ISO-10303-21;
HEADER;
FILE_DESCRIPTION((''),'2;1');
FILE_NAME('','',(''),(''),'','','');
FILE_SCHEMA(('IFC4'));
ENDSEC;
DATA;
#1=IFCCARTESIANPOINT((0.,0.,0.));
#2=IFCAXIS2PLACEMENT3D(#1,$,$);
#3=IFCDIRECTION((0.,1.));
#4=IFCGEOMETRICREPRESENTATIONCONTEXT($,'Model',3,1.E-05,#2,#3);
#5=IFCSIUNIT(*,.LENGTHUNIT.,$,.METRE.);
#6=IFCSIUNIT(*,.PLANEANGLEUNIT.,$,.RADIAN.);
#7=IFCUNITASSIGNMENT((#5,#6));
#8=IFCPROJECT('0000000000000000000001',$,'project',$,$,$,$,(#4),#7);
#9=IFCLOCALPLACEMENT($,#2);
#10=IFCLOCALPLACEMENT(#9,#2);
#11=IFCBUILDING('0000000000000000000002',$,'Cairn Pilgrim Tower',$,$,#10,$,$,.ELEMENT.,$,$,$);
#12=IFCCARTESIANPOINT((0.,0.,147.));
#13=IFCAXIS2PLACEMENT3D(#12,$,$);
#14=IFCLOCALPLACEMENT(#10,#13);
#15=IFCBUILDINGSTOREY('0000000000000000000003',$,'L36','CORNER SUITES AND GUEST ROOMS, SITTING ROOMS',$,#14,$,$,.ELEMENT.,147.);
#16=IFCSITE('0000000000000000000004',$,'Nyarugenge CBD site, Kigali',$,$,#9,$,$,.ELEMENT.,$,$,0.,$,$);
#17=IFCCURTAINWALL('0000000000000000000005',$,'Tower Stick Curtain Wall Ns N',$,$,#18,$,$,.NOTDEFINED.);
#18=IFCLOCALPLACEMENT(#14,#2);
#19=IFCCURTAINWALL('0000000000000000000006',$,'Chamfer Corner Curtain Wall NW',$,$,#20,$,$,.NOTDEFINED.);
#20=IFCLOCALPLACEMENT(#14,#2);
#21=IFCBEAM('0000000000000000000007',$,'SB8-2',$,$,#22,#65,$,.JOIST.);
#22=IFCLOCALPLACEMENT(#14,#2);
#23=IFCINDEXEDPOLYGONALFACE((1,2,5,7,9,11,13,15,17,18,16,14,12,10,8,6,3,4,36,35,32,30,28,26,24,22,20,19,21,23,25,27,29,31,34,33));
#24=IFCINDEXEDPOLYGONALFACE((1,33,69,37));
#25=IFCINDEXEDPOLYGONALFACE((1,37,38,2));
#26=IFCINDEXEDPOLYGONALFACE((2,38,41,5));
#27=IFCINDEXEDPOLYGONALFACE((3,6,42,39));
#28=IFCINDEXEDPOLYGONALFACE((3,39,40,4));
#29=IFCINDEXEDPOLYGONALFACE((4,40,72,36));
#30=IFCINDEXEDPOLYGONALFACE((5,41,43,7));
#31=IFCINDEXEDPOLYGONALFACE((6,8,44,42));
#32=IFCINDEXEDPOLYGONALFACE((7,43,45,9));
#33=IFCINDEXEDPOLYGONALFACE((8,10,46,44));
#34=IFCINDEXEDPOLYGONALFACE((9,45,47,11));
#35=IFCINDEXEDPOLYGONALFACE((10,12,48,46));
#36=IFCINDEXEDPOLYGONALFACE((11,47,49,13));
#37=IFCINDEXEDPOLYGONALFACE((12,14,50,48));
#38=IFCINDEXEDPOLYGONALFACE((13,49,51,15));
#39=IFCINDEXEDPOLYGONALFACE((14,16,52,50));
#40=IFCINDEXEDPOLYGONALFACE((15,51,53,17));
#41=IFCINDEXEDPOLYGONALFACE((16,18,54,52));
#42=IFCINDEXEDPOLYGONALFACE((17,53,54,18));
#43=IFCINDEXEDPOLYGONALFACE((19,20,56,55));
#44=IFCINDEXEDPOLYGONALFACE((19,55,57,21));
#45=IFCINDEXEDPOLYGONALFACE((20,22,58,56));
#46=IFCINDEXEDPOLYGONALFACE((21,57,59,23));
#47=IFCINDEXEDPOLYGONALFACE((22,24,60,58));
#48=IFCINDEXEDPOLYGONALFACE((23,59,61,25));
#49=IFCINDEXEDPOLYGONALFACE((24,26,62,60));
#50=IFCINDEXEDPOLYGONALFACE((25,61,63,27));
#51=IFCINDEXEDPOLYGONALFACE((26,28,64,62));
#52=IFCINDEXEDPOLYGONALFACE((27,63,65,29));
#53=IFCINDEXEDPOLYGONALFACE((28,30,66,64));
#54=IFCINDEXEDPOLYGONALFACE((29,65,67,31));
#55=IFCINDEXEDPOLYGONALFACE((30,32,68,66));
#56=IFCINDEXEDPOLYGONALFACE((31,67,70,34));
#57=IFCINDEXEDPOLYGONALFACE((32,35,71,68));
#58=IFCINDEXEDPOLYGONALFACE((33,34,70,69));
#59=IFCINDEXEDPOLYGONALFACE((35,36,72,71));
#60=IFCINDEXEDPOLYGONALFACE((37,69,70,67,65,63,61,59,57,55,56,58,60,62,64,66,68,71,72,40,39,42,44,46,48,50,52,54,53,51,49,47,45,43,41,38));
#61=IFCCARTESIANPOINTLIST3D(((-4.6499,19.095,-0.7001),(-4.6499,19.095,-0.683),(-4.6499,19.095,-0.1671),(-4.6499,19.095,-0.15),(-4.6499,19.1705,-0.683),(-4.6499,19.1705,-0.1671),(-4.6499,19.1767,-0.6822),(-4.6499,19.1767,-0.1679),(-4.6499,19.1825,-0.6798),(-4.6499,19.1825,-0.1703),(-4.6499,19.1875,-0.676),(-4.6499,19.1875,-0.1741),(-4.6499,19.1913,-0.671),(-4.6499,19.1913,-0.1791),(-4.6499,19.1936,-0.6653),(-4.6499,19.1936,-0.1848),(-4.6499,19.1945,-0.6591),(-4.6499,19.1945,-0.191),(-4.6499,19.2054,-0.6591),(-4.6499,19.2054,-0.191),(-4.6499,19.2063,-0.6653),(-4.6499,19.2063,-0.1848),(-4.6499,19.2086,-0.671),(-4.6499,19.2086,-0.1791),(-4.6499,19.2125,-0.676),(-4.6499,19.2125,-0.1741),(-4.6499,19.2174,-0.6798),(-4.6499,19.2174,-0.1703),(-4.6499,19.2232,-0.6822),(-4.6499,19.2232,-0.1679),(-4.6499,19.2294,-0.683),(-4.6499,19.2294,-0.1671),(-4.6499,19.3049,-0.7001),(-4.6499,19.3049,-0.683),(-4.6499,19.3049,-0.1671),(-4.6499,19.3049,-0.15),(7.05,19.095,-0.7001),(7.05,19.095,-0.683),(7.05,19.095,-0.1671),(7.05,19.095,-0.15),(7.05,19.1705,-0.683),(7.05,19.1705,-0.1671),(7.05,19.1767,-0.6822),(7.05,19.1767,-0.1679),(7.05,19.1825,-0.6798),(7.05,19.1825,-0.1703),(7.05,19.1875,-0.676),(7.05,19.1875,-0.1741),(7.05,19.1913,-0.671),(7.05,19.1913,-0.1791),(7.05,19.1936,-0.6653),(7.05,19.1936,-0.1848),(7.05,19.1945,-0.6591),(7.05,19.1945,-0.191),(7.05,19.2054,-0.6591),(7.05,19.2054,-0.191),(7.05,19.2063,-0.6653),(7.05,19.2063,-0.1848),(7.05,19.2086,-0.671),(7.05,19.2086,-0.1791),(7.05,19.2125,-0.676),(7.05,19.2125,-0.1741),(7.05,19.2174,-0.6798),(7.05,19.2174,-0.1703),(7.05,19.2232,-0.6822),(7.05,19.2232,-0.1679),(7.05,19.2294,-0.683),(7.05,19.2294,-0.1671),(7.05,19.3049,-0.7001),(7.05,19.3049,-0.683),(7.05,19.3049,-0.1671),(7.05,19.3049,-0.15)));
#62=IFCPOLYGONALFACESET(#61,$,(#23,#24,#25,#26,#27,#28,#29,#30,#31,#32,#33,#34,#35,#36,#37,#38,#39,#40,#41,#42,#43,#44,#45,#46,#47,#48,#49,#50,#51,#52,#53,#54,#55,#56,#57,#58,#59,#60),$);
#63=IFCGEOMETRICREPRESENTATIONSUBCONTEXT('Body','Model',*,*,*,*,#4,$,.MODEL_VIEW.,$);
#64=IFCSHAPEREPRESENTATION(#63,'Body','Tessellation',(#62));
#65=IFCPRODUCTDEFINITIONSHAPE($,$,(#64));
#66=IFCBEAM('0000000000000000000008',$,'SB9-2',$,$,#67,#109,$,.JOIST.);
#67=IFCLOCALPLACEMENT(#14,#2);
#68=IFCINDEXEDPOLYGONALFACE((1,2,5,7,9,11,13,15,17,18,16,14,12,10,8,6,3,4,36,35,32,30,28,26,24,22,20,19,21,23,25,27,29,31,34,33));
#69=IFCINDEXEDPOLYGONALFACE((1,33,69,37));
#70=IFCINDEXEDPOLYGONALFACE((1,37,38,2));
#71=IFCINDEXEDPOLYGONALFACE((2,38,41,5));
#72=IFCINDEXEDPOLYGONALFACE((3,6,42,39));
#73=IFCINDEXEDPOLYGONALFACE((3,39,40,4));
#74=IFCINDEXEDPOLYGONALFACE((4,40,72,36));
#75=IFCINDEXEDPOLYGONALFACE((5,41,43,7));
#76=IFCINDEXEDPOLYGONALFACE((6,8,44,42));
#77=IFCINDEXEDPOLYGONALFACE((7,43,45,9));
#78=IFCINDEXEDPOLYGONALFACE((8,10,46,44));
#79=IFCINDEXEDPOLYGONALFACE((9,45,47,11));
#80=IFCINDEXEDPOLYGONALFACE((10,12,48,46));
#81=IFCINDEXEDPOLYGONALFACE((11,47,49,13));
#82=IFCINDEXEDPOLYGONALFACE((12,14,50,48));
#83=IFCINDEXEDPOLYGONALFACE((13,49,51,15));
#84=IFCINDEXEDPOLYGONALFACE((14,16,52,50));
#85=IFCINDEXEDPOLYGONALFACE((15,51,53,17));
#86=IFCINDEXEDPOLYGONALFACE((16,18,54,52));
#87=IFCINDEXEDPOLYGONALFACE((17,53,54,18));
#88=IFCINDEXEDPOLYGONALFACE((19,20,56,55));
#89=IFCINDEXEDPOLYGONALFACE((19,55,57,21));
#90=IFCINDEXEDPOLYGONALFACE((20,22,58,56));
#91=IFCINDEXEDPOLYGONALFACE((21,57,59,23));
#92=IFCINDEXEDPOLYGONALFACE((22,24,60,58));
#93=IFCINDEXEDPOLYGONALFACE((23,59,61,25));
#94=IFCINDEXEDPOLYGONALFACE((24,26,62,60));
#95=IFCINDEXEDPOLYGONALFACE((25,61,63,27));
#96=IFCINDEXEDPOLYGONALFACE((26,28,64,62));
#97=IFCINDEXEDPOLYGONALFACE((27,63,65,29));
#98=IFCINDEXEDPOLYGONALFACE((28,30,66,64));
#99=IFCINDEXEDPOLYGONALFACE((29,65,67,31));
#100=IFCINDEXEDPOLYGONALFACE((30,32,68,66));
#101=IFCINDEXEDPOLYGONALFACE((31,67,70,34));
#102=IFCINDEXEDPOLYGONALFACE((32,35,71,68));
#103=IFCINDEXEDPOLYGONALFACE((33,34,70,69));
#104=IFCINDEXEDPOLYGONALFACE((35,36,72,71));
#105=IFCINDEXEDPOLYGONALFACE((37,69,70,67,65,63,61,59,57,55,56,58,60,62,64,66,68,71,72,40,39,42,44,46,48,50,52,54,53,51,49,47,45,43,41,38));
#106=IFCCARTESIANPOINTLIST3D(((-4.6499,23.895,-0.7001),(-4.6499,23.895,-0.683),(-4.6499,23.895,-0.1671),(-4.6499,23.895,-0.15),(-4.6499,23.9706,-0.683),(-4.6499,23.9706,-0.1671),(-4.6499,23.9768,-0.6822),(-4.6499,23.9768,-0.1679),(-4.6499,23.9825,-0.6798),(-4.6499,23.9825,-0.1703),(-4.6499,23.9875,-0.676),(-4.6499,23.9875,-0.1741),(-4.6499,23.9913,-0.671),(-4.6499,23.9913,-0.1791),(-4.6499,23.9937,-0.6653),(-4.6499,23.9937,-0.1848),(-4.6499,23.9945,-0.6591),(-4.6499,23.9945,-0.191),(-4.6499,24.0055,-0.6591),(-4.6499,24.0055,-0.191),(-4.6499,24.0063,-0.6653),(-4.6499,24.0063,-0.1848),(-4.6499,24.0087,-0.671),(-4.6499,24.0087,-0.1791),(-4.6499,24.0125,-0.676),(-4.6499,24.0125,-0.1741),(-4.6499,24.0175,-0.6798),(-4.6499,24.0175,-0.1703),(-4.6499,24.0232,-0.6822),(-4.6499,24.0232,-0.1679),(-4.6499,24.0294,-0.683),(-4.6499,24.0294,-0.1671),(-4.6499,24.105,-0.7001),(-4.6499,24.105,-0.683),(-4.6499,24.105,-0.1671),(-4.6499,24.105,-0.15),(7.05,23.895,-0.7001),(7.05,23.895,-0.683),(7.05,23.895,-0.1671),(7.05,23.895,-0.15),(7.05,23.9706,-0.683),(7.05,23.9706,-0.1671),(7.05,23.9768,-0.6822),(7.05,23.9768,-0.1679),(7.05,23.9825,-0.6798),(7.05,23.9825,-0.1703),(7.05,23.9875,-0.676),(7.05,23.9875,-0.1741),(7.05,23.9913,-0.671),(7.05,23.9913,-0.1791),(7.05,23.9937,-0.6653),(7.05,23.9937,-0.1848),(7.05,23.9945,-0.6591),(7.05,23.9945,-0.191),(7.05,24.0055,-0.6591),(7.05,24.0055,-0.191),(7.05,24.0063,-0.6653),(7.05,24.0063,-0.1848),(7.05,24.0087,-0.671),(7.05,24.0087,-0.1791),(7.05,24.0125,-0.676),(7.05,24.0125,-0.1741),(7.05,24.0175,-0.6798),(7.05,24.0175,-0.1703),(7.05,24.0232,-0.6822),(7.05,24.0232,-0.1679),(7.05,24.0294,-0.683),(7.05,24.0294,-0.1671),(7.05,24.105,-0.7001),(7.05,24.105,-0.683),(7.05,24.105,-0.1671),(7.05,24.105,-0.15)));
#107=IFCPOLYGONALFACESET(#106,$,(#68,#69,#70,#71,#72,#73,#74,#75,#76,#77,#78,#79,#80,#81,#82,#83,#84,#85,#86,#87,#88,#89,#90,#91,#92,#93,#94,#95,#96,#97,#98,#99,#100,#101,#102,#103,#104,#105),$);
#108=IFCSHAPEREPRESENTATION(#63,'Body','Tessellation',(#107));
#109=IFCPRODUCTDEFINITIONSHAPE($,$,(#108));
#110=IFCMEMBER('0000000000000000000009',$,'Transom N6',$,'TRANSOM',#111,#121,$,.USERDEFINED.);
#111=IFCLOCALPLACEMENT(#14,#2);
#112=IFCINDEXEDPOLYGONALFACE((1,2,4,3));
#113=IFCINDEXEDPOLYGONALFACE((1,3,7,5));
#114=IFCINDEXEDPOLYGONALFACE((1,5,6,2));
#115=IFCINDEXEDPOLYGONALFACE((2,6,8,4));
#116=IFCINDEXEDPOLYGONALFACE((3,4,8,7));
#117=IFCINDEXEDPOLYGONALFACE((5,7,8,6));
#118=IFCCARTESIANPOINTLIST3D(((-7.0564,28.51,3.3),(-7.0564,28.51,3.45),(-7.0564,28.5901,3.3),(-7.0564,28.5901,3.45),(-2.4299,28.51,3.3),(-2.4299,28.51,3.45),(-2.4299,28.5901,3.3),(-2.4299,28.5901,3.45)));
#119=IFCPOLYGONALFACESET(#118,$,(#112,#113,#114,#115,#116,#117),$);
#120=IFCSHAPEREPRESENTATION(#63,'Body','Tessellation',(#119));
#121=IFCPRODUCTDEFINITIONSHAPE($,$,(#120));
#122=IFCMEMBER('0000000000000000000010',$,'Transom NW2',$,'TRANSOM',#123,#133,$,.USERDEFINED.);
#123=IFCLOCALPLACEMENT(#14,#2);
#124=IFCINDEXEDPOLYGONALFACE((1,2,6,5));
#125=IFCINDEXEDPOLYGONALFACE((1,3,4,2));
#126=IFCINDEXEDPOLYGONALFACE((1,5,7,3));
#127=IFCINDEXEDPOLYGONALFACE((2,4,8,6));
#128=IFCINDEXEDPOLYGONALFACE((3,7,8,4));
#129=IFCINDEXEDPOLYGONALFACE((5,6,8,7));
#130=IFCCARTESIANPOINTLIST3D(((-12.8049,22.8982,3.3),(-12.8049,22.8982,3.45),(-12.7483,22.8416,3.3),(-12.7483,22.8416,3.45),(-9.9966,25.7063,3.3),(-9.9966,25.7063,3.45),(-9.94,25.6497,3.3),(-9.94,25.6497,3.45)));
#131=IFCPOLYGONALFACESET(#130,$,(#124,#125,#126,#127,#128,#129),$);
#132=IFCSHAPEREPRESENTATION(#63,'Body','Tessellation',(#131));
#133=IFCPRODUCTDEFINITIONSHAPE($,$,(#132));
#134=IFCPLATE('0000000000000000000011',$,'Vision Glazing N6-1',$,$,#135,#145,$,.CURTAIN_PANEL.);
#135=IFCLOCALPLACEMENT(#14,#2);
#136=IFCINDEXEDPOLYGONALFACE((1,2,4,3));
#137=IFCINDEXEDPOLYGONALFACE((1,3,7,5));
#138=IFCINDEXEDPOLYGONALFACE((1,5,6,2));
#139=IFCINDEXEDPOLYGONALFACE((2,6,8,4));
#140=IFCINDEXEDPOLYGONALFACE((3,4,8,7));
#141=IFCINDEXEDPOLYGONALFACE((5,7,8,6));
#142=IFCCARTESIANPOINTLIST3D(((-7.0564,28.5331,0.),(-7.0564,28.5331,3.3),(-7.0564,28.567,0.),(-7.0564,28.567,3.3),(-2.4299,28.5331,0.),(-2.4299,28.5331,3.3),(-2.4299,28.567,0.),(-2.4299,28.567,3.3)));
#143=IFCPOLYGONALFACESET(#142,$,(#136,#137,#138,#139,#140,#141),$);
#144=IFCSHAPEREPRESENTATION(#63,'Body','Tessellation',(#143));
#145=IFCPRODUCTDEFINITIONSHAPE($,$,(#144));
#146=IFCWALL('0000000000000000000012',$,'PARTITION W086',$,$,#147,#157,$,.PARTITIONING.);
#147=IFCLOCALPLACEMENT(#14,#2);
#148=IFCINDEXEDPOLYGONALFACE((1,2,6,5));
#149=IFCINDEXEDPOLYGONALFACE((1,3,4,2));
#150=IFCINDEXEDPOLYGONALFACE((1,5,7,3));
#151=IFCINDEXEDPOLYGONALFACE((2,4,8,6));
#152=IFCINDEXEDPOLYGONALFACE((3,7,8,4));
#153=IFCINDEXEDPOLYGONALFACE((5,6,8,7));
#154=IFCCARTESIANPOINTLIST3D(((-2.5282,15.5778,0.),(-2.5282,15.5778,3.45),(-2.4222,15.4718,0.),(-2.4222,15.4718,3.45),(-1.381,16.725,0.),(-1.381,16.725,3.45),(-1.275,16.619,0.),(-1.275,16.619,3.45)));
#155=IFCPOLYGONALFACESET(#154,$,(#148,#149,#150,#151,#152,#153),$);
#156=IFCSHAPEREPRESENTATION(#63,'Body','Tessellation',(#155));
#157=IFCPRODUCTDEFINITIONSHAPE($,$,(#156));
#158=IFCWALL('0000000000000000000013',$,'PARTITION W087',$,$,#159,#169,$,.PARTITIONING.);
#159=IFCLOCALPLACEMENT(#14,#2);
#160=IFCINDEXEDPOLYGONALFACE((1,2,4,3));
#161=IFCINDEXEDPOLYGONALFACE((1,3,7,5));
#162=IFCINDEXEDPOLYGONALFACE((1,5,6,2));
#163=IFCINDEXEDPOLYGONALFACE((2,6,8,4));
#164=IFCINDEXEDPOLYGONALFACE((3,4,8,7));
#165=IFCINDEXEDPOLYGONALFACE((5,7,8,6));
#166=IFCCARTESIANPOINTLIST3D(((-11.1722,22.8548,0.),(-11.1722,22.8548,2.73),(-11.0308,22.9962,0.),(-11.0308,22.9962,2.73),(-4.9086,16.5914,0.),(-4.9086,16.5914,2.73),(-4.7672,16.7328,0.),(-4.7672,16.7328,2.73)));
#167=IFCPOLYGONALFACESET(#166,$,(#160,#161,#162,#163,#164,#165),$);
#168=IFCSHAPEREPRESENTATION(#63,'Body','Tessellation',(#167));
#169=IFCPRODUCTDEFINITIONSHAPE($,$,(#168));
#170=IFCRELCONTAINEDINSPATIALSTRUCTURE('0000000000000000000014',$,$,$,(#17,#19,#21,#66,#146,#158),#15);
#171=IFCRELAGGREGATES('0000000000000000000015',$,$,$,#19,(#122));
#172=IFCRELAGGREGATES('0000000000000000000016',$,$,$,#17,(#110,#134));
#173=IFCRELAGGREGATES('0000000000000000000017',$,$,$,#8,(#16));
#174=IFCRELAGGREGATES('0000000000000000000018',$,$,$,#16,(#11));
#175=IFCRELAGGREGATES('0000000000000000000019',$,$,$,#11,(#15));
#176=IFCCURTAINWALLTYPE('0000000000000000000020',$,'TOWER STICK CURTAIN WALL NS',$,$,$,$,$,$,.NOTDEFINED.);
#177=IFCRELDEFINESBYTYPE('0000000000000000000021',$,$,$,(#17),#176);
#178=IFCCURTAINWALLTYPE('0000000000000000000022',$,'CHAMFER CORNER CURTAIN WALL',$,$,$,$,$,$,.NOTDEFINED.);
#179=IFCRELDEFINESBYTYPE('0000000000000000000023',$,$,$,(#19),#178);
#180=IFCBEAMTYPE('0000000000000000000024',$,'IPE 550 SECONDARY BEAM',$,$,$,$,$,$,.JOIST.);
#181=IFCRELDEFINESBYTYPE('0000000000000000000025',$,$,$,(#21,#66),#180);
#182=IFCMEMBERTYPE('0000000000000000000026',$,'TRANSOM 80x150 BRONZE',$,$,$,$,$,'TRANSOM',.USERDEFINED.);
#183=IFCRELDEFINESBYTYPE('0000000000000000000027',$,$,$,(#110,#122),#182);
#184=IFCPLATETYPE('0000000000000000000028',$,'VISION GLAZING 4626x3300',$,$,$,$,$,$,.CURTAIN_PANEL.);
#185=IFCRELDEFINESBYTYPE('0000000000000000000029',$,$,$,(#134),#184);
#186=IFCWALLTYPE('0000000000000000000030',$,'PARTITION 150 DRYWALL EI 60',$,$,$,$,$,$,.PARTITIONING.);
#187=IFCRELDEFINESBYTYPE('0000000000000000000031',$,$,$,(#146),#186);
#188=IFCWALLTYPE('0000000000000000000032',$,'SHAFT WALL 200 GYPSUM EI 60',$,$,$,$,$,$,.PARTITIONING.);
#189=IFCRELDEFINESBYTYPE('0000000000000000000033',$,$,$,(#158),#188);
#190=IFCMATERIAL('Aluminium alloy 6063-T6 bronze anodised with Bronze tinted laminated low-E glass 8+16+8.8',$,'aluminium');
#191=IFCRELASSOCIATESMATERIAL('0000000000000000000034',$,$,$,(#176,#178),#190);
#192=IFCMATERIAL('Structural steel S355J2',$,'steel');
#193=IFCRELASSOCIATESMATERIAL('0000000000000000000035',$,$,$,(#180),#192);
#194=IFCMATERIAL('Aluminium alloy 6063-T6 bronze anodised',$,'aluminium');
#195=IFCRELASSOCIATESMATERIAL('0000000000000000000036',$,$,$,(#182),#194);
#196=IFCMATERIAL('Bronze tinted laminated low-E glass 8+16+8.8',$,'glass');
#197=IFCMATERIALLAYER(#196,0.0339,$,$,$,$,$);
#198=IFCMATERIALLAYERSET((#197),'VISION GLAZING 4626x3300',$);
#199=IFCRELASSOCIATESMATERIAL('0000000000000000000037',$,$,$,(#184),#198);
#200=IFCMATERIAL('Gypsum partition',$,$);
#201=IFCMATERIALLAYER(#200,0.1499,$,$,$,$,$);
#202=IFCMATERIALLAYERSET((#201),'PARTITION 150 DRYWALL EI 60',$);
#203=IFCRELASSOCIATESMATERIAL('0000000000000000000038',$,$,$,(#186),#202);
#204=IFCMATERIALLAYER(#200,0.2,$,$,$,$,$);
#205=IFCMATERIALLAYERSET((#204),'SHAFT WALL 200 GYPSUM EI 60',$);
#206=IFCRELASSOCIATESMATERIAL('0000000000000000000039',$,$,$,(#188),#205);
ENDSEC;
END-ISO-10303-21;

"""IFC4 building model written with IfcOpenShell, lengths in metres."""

from ifc_helpers import new_model, si_unit, direction, frame, frame_2d, origin, origin_2d, place, context, subcontext, project, spatial, rectangle, i_section, extrude, material, layer, layer_set, material_profile, profile_set, type_object, element, aggregate, save


model = new_model("IFC4")

# Units and contexts
model_context = context("Model", 3, precision=1e-05, world=origin(), true_north=direction((0.0, 1.0)))
body_context = subcontext(model_context, "Body", "Model", "MODEL_VIEW")
ifc_project = project(units=[si_unit("LENGTHUNIT", "METRE"), si_unit("PLANEANGLEUNIT", "RADIAN")], contexts=[model_context])

# Site, building, storey
site_placement = place(None, origin())
site = spatial("IfcSite", under=ifc_project, at=site_placement, Name="Nyarugenge CBD site, Kigali", CompositionType="ELEMENT", RefElevation=0.0)
building_placement = place(site_placement, origin())
building = spatial("IfcBuilding", under=site, at=building_placement, Name="Cairn Pilgrim Tower", CompositionType="ELEMENT")
storey_placement = place(building_placement, frame((0.0, 0.0, 147.0)))
storey = spatial("IfcBuildingStorey", under=building, at=storey_placement, Name="L36", Description="CORNER SUITES AND GUEST ROOMS, SITTING ROOMS", CompositionType="ELEMENT", Elevation=147.0)

# Curtain walls
ifc_material_1 = material(Name="Aluminium alloy 6063-T6 bronze anodised with Bronze tinted laminated low-E glass 8+16+8.8", Category="aluminium")
curtain_wall_type_1 = type_object("IfcCurtainWallType", Name="TOWER STICK CURTAIN WALL NS", PredefinedType="NOTDEFINED", material=ifc_material_1)
curtain_wall_1_placement = place(storey_placement, origin())
curtain_wall_1 = element("IfcCurtainWall", 1, at=curtain_wall_1_placement, inside=storey, type_object=curtain_wall_type_1, Name="Tower Stick Curtain Wall Ns N", PredefinedType="NOTDEFINED")
ifc_material_2 = material(Name="Aluminium alloy 6063-T6 bronze anodised", Category="aluminium")
curtain_wall_type_2 = type_object("IfcCurtainWallType", Name="CHAMFER CORNER CURTAIN WALL", PredefinedType="NOTDEFINED", material=ifc_material_1)
curtain_wall_2_placement = place(storey_placement, origin())
curtain_wall_2 = element("IfcCurtainWall", 2, at=curtain_wall_2_placement, inside=storey, type_object=curtain_wall_type_2, Name="Chamfer Corner Curtain Wall NW", PredefinedType="NOTDEFINED")

# Beams
ifc_material_3 = material(Name="Structural steel S355J2", Category="steel")
ifc_material_profile_1 = material_profile(ifc_material_3, i_section(OverallWidth=0.21, OverallDepth=0.55, WebThickness=0.011, FlangeThickness=0.0171, FilletRadius=0.0239, at=origin_2d()), Name="IPE 550")
ifc_profile_set_1 = profile_set([ifc_material_profile_1], Name="Structural steel S355J2")
beam_type_1 = type_object("IfcBeamType", Name="IPE 550 SECONDARY BEAM", PredefinedType="JOIST", material=ifc_profile_set_1)
for number, where, z_axis, x_axis, name in (
    (3, (-4.6499, 19.2, -0.425), (1.0, 0.0, 0.0), (0.0, 1.0, 0.0), "SB8-2"),
    (4, (-4.6499, 24.0, -0.425), (1.0, 0.0, 0.0), (0.0, 1.0, 0.0), "SB9-2"),
):
    element("IfcBeam", number, at=place(storey_placement, frame(where, z_axis=z_axis, x_axis=x_axis)), inside=storey, type_object=beam_type_1, Name=name, PredefinedType="JOIST", context=body_context, shape_type="SweptSolid", body=[
        extrude(i_section(OverallWidth=0.21, OverallDepth=0.55, WebThickness=0.011, FlangeThickness=0.0171, FilletRadius=0.0239, at=origin_2d()), origin(), (0.0, 0.0, 1.0), 11.7),
    ])

# Members
ifc_material_profile_2 = material_profile(ifc_material_2, rectangle(XDim=0.0801, YDim=0.1499, at=origin_2d()), Name="TRANSOM 80x150 BRONZE")
ifc_profile_set_2 = profile_set([ifc_material_profile_2], Name="Aluminium alloy 6063-T6 bronze anodised")
member_type_1 = type_object("IfcMemberType", Name="TRANSOM 80x150 BRONZE", ElementType="TRANSOM", PredefinedType="USERDEFINED", material=ifc_profile_set_2)
member_1_placement = place(storey_placement, frame((-2.4299, 28.55, 3.375), z_axis=(-1.0, 0.0, 0.0), x_axis=(0.0, -1.0, 0.0)))
member_1 = element("IfcMember", 5, at=member_1_placement, type_object=member_type_1, Name="Transom N6", ObjectType="TRANSOM", PredefinedType="USERDEFINED", context=body_context, shape_type="SweptSolid", body=[
    extrude(rectangle(XDim=0.0801, YDim=0.1499, at=origin_2d()), origin(), (0.0, 0.0, 1.0), 4.6265),
])
member_2_placement = place(storey_placement, frame((-9.9683, 25.678, 3.375), z_axis=(-0.707138, -0.707076, 0.0), x_axis=(0.707076, -0.707138, 0.0)))
member_2 = element("IfcMember", 6, at=member_2_placement, type_object=member_type_1, Name="Transom NW2", ObjectType="TRANSOM", PredefinedType="USERDEFINED", context=body_context, shape_type="SweptSolid", body=[
    extrude(rectangle(XDim=0.0801, YDim=0.1499, at=origin_2d()), origin(), (0.0, 0.0, 1.0), 3.9714),
])
aggregate(curtain_wall_2, [member_2])

# Plate
ifc_material_4 = material(Name="Bronze tinted laminated low-E glass 8+16+8.8", Category="glass")
ifc_layer_1 = layer(ifc_material_4, 0.0339)
ifc_layer_set_1 = layer_set([ifc_layer_1], Name="VISION GLAZING 4626x3300")
plate_type = type_object("IfcPlateType", Name="VISION GLAZING 4626x3300", PredefinedType="CURTAIN_PANEL", material=ifc_layer_set_1)
plate_placement = place(storey_placement, frame((-4.7432, 28.55, 0.0), z_axis=(0.0, 0.0, 1.0), x_axis=(-1.0, 0.0, 0.0)))
plate = element("IfcPlate", 7, at=plate_placement, type_object=plate_type, Name="Vision Glazing N6-1", PredefinedType="CURTAIN_PANEL", context=body_context, shape_type="SweptSolid", body=[
    extrude(rectangle(XDim=4.6265, YDim=0.0339, at=origin_2d()), origin(), (0.0, 0.0, 1.0), 3.3),
])
aggregate(curtain_wall_1, [member_1, plate])

# Walls
ifc_material_5 = material(Name="Gypsum partition")
ifc_layer_2 = layer(ifc_material_5, 0.1499)
ifc_layer_set_2 = layer_set([ifc_layer_2], Name="PARTITION 150 DRYWALL EI 60")
wall_type_1 = type_object("IfcWallType", Name="PARTITION 150 DRYWALL EI 60", PredefinedType="PARTITIONING", material=ifc_layer_set_2)
wall_1_placement = place(storey_placement, frame((-2.4751, 15.5249, 0.0), z_axis=(0.0, 0.0, 1.0), x_axis=(0.707107, 0.707107, 0.0)))
element("IfcWall", 8, at=wall_1_placement, inside=storey, type_object=wall_type_1, Name="PARTITION W086", PredefinedType="PARTITIONING", context=body_context, shape_type="SweptSolid", body=[
    extrude(rectangle(XDim=1.6223, YDim=0.1499, at=frame_2d((0.811, 0.0))), origin(), (0.0, 0.0, 1.0), 3.45),
])
ifc_layer_3 = layer(ifc_material_5, 0.2)
ifc_layer_set_3 = layer_set([ifc_layer_3], Name="SHAFT WALL 200 GYPSUM EI 60")
wall_type_2 = type_object("IfcWallType", Name="SHAFT WALL 200 GYPSUM EI 60", PredefinedType="PARTITIONING", material=ifc_layer_set_3)
wall_2_placement = place(storey_placement, frame((-4.8379, 16.6621, 0.0), z_axis=(0.0, 0.0, 1.0), x_axis=(-0.707121, 0.707093, 0.0)))
element("IfcWall", 9, at=wall_2_placement, inside=storey, type_object=wall_type_2, Name="PARTITION W087", PredefinedType="PARTITIONING", context=body_context, shape_type="SweptSolid", body=[
    extrude(rectangle(XDim=8.8579, YDim=0.2, at=frame_2d((4.429, 0.0))), origin(), (0.0, 0.0, 1.0), 2.73),
])

save(model, "model.ifc")
